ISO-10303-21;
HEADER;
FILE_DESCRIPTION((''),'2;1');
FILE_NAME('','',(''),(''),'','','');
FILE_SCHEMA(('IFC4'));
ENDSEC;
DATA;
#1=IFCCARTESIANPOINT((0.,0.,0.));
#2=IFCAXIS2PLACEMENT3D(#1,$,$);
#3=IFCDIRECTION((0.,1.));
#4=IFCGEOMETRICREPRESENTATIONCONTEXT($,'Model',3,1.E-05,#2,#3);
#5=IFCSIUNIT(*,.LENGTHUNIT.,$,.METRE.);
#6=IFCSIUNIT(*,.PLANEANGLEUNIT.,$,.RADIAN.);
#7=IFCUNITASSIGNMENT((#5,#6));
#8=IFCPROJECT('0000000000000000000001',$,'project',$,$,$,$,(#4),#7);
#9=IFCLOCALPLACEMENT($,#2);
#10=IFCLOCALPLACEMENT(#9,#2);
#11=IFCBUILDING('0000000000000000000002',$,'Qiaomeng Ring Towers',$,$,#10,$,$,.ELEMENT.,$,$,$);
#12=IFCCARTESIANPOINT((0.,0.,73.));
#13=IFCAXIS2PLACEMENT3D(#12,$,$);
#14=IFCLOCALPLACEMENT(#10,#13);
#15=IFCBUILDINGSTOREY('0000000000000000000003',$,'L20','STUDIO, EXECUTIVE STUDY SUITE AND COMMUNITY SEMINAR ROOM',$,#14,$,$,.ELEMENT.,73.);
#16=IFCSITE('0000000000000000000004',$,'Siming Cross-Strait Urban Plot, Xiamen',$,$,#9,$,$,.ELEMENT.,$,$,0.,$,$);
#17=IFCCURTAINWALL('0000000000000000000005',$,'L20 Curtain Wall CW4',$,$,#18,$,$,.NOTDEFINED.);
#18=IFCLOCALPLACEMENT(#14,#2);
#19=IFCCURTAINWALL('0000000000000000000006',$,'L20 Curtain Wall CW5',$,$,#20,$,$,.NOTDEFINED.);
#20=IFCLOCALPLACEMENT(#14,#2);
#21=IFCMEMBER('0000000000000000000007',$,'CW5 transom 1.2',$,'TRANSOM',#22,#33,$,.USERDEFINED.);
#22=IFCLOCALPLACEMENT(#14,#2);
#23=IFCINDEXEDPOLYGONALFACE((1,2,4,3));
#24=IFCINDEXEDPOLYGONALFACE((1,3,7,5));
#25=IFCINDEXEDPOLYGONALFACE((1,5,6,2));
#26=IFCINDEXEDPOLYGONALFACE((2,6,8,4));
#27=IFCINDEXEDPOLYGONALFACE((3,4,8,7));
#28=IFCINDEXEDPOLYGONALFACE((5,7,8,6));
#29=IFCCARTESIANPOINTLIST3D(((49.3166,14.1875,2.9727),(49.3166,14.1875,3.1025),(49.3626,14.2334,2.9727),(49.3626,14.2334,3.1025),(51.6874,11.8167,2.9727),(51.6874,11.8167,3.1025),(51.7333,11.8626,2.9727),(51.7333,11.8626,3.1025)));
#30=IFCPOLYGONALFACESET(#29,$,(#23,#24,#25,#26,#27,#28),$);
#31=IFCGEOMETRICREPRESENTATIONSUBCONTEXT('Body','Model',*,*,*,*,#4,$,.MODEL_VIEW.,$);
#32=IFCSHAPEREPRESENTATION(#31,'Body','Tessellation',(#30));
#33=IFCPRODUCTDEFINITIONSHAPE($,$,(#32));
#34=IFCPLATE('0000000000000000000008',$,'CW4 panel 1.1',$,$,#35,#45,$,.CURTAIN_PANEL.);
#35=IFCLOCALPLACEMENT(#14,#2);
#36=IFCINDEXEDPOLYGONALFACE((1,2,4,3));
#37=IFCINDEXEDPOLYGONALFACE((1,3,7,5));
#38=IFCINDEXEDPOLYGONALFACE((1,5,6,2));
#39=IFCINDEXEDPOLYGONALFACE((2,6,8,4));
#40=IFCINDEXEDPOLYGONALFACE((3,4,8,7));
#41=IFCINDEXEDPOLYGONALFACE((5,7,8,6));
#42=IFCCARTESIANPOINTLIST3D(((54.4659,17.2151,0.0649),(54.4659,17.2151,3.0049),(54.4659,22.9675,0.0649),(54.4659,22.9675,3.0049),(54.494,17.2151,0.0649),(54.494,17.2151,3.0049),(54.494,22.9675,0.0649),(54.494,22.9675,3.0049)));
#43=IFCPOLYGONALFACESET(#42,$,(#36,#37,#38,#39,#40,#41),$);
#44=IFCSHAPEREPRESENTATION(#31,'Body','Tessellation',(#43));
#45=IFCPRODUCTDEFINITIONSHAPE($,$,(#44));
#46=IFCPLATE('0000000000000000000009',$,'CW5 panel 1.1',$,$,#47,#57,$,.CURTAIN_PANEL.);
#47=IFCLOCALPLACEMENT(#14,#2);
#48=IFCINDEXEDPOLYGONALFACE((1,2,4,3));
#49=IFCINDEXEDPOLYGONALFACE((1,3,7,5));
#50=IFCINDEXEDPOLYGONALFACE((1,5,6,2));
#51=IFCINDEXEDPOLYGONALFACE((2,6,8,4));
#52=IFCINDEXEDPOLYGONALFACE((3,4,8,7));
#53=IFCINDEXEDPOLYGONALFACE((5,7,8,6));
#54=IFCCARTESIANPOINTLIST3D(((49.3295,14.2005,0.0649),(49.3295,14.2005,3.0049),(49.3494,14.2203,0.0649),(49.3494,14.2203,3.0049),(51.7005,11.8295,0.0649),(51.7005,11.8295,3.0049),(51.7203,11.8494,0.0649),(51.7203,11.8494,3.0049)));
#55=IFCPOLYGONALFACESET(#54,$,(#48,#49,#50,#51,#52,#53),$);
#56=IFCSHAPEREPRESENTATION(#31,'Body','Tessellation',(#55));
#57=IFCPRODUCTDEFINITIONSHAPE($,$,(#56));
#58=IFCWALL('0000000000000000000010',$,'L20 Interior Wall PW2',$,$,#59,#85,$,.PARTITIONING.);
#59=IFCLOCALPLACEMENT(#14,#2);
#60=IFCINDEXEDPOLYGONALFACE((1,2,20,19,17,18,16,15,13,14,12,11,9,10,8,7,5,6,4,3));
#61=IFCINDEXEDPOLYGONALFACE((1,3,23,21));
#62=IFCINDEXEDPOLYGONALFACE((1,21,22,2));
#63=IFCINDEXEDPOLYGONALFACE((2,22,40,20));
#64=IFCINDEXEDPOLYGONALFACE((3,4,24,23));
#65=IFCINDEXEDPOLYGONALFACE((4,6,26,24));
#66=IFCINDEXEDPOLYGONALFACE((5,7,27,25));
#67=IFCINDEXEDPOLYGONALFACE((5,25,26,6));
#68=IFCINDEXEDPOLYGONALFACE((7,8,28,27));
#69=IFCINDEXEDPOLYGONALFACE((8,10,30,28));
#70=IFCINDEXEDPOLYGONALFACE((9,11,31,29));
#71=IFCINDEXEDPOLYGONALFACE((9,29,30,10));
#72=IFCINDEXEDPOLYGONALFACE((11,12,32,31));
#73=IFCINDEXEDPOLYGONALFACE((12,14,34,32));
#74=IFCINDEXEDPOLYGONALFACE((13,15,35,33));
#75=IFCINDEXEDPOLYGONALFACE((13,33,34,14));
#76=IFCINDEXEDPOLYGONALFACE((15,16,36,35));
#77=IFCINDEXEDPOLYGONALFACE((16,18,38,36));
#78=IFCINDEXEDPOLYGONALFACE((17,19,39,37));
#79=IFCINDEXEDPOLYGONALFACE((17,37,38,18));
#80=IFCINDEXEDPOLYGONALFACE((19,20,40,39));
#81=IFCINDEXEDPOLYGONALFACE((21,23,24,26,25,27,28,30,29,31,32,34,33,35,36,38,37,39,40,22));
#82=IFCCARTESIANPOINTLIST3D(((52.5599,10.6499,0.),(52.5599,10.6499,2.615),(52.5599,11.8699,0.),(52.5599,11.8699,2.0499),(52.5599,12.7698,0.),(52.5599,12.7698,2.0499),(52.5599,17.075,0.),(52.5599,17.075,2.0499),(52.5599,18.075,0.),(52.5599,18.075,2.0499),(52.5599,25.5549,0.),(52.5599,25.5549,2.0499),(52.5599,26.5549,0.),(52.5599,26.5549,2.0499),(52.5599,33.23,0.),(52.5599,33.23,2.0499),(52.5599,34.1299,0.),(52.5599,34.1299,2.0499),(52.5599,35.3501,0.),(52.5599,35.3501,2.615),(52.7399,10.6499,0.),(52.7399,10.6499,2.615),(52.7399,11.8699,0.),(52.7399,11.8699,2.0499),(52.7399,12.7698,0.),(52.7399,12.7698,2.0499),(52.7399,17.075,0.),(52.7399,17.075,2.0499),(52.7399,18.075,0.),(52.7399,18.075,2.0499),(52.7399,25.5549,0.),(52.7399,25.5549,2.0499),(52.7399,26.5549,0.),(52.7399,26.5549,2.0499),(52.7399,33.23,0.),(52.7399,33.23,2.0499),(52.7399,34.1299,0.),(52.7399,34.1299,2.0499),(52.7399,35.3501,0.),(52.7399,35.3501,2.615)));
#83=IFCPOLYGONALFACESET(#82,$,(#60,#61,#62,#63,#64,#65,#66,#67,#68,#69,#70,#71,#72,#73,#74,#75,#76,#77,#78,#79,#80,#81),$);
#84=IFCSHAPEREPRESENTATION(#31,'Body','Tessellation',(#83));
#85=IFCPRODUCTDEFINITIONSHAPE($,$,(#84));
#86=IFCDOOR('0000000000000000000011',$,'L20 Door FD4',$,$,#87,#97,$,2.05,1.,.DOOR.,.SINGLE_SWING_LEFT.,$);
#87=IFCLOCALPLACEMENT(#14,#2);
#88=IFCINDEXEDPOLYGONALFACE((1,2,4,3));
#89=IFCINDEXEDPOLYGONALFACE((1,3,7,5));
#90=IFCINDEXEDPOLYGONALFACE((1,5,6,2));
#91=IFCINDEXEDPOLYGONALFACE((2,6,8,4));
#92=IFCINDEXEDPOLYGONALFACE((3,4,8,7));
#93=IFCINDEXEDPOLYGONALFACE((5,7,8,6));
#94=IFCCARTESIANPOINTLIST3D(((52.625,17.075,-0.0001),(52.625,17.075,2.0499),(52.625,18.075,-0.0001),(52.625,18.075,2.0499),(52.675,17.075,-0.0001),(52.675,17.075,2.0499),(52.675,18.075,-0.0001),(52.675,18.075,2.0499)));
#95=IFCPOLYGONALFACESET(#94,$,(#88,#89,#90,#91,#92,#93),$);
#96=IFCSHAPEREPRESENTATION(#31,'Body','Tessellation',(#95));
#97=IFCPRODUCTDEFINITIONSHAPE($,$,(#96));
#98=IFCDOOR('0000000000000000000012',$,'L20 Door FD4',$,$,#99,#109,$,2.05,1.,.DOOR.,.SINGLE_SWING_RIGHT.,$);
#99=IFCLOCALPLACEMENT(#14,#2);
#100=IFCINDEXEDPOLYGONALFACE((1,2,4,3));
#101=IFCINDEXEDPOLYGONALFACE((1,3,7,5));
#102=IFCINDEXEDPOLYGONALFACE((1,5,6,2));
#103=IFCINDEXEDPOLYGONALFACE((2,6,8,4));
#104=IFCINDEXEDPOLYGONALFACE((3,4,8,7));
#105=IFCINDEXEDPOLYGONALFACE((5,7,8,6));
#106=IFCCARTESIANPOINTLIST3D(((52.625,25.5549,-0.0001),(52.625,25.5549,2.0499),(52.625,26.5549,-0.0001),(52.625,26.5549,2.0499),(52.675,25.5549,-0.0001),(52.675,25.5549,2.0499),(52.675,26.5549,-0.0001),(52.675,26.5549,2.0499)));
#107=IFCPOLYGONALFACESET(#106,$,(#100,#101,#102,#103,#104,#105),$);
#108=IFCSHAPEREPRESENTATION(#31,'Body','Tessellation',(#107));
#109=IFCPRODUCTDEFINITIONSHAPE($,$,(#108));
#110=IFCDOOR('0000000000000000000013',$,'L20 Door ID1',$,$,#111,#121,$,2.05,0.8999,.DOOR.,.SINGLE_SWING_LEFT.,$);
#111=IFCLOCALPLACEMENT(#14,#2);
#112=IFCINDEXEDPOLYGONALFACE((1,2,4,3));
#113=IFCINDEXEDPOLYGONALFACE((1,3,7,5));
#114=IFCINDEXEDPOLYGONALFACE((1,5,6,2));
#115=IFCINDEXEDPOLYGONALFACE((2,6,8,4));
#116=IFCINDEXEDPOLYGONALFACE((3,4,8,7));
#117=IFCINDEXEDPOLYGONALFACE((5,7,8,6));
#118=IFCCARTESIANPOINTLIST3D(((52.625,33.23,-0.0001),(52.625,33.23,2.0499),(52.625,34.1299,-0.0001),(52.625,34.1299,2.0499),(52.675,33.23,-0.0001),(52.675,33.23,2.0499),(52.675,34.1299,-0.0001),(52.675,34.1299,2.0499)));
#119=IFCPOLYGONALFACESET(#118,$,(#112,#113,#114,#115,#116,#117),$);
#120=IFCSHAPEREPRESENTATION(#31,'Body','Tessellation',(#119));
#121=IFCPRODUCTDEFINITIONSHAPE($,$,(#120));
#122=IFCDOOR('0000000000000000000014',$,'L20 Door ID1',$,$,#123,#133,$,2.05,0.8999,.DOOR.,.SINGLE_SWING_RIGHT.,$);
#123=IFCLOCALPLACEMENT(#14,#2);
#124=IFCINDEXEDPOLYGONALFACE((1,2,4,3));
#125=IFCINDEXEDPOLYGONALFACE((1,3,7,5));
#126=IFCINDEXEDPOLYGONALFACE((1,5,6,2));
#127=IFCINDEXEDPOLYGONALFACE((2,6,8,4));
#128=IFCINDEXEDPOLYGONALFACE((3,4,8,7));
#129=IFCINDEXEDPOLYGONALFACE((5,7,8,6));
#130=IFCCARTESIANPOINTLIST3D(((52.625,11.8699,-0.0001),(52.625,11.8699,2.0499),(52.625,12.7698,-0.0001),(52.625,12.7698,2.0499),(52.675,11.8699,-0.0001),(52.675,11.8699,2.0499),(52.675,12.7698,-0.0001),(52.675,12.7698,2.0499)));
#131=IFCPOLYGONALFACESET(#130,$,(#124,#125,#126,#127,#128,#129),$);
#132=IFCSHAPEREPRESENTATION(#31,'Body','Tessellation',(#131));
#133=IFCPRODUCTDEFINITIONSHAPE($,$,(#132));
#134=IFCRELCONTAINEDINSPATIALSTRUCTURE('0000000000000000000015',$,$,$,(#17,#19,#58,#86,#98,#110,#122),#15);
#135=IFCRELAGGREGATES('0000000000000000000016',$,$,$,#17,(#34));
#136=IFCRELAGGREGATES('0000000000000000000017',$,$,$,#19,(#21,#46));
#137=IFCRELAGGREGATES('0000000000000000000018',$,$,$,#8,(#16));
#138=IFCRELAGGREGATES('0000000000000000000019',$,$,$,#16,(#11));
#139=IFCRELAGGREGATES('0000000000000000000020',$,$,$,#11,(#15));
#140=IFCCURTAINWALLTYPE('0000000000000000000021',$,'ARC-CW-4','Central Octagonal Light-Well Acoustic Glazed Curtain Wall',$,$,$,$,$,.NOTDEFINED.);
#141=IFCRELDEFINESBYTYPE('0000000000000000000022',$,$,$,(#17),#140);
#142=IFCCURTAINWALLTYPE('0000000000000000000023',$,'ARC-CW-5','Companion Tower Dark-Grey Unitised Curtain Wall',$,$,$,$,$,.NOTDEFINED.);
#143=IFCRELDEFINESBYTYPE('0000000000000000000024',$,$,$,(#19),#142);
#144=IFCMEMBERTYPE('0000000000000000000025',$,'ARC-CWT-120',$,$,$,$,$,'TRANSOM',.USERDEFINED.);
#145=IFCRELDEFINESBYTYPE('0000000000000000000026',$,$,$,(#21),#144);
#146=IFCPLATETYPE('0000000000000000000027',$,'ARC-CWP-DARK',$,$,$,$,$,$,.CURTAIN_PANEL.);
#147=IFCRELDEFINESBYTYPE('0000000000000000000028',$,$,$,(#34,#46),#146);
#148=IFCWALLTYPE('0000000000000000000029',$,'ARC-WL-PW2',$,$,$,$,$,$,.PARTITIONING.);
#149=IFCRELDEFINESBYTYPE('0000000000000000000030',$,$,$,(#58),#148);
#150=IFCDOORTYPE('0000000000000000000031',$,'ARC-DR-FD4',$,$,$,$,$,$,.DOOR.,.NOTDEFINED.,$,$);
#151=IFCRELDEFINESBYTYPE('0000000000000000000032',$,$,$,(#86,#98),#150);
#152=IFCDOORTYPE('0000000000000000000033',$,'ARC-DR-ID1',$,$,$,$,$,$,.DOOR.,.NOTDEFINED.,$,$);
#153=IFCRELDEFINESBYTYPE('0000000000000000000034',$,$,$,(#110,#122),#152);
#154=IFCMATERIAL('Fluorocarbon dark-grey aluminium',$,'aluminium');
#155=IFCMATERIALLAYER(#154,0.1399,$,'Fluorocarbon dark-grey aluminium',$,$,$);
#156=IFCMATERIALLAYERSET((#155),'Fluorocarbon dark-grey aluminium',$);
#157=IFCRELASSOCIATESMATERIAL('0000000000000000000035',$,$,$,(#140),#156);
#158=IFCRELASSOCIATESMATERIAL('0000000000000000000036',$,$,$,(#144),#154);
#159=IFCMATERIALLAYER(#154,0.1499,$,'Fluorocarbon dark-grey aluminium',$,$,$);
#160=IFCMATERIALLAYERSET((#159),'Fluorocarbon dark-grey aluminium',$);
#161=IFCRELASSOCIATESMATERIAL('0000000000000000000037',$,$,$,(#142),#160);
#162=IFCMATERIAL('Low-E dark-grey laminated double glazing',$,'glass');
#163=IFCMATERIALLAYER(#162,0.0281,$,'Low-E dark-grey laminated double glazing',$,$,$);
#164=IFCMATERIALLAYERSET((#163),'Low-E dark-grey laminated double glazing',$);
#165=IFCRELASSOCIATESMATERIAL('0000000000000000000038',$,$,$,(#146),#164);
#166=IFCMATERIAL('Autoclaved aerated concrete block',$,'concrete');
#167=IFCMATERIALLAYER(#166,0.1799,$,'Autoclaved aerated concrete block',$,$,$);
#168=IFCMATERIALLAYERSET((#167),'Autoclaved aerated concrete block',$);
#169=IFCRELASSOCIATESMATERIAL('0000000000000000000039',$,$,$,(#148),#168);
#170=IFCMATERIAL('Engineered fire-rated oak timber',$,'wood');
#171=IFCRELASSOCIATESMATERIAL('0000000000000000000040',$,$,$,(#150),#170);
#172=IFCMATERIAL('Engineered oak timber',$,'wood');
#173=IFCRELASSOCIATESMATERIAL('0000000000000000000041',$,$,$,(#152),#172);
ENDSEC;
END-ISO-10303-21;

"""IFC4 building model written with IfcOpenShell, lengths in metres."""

from ifc_helpers import new_model, si_unit, direction, frame, frame_2d, origin, origin_2d, place, context, subcontext, project, spatial, rectangle, extrude, source, transform, mapped, material, layer, layer_set, material_profile, profile_set, type_object, element, fill, aggregate, save


model = new_model("IFC4")

# Units and contexts
model_context = context("Model", 3, precision=1e-05, world=origin(), true_north=direction((0.0, 1.0)))
body_context = subcontext(model_context, "Body", "Model", "MODEL_VIEW")
ifc_project = project(units=[si_unit("LENGTHUNIT", "METRE"), si_unit("PLANEANGLEUNIT", "RADIAN")], contexts=[model_context])

# Site, building, storey
site_placement = place(None, origin())
site = spatial("IfcSite", under=ifc_project, at=site_placement, Name="Siming Cross-Strait Urban Plot, Xiamen", CompositionType="ELEMENT", RefElevation=0.0)
building_placement = place(site_placement, origin())
building = spatial("IfcBuilding", under=site, at=building_placement, Name="Qiaomeng Ring Towers", CompositionType="ELEMENT")
storey_placement = place(building_placement, frame((0.0, 0.0, 73.0)))
storey = spatial("IfcBuildingStorey", under=building, at=storey_placement, Name="L20", Description="STUDIO, EXECUTIVE STUDY SUITE AND COMMUNITY SEMINAR ROOM", CompositionType="ELEMENT", Elevation=73.0)

# Curtain walls
ifc_material_1 = material(Name="Fluorocarbon dark-grey aluminium", Category="aluminium")
ifc_layer_1 = layer(ifc_material_1, 0.1399, Name="Fluorocarbon dark-grey aluminium")
ifc_layer_set_1 = layer_set([ifc_layer_1], Name="Fluorocarbon dark-grey aluminium")
curtain_wall_type_1 = type_object("IfcCurtainWallType", Name="ARC-CW-4", Description="Central Octagonal Light-Well Acoustic Glazed Curtain Wall", PredefinedType="NOTDEFINED", material=ifc_layer_set_1)
curtain_wall_1_placement = place(storey_placement, origin())
curtain_wall_1 = element("IfcCurtainWall", 1, at=curtain_wall_1_placement, inside=storey, type_object=curtain_wall_type_1, Name="L20 Curtain Wall CW4", PredefinedType="NOTDEFINED")
ifc_material_profile_1 = material_profile(ifc_material_1, rectangle(XDim=0.0649, YDim=0.1299, at=origin_2d()), Name="ALU TRAN 65x130")
ifc_profile_set_1 = profile_set([ifc_material_profile_1], Name="Fluorocarbon dark-grey aluminium")
member_type_1 = type_object("IfcMemberType", Name="ARC-CWT-120", ElementType="TRANSOM", PredefinedType="USERDEFINED", material=ifc_profile_set_1)
ifc_layer_2 = layer(ifc_material_1, 0.1499, Name="Fluorocarbon dark-grey aluminium")
ifc_layer_set_2 = layer_set([ifc_layer_2], Name="Fluorocarbon dark-grey aluminium")
curtain_wall_type_2 = type_object("IfcCurtainWallType", Name="ARC-CW-5", Description="Companion Tower Dark-Grey Unitised Curtain Wall", PredefinedType="NOTDEFINED", material=ifc_layer_set_2)
curtain_wall_2_placement = place(storey_placement, origin())
curtain_wall_2 = element("IfcCurtainWall", 2, at=curtain_wall_2_placement, inside=storey, type_object=curtain_wall_type_2, Name="L20 Curtain Wall CW5", PredefinedType="NOTDEFINED")

# Member
shared_shape_1 = source(origin(), body_context, "Body", "SweptSolid", [
    extrude(rectangle(XDim=0.0649, YDim=0.1299, at=origin_2d()), origin(), (0.0, 0.0, 1.0), 3.3528),
])
member_1_placement = place(storey_placement, frame((49.3396, 14.2104, 3.0376), z_axis=(0.707107, -0.707107, 0.0), x_axis=(0.707107, 0.707107, 0.0)))
member_1 = element("IfcMember", 3, at=member_1_placement, type_object=member_type_1, Name="CW5 transom 1.2", ObjectType="TRANSOM", PredefinedType="USERDEFINED", context=body_context, shape_type="MappedRepresentation", body=[
    mapped(shared_shape_1, transform((0.0, 0.0, 0.0), x_axis=(1.0, 0.0, 0.0), y_axis=(0.0, 1.0, 0.0), z_axis=(0.0, 0.0, 1.0), scale=1.0)),
])

# Plates
ifc_material_2 = material(Name="Low-E dark-grey laminated double glazing", Category="glass")
ifc_layer_3 = layer(ifc_material_2, 0.0281, Name="Low-E dark-grey laminated double glazing")
ifc_layer_set_3 = layer_set([ifc_layer_3], Name="Low-E dark-grey laminated double glazing")
plate_type = type_object("IfcPlateType", Name="ARC-CWP-DARK", PredefinedType="CURTAIN_PANEL", material=ifc_layer_set_3)
shared_shape_2 = source(origin(), body_context, "Body", "SweptSolid", [
    extrude(rectangle(XDim=5.7524, YDim=0.0281, at=origin_2d()), origin(), (0.0, 0.0, 1.0), 2.9399),
])
plate_1_placement = place(storey_placement, frame((54.48, 20.0913, 0.0649), z_axis=(0.0, 0.0, 1.0), x_axis=(0.0, 1.0, 0.0)))
plate_1 = element("IfcPlate", 4, at=plate_1_placement, type_object=plate_type, Name="CW4 panel 1.1", PredefinedType="CURTAIN_PANEL", context=body_context, shape_type="MappedRepresentation", body=[
    mapped(shared_shape_2, transform((0.0, 0.0, 0.0), x_axis=(1.0, 0.0, 0.0), y_axis=(0.0, 1.0, 0.0), z_axis=(0.0, 0.0, 1.0), scale=1.0)),
])
aggregate(curtain_wall_1, [plate_1])
shared_shape_3 = source(origin(), body_context, "Body", "SweptSolid", [
    extrude(rectangle(XDim=3.353, YDim=0.0281, at=origin_2d()), origin(), (0.0, 0.0, 1.0), 2.9399),
])
plate_2_placement = place(storey_placement, frame((50.5249, 13.0249, 0.0649), z_axis=(0.0, 0.0, 1.0), x_axis=(0.707107, -0.707107, 0.0)))
plate_2 = element("IfcPlate", 5, at=plate_2_placement, type_object=plate_type, Name="CW5 panel 1.1", PredefinedType="CURTAIN_PANEL", context=body_context, shape_type="MappedRepresentation", body=[
    mapped(shared_shape_3, transform((0.0, 0.0, 0.0), x_axis=(1.0, 0.0, 0.0), y_axis=(0.0, 1.0, 0.0), z_axis=(0.0, 0.0, 1.0), scale=1.0)),
])
aggregate(curtain_wall_2, [member_1, plate_2])

# Wall, openings, doors
ifc_material_3 = material(Name="Autoclaved aerated concrete block", Category="concrete")
ifc_layer_4 = layer(ifc_material_3, 0.1799, Name="Autoclaved aerated concrete block")
ifc_layer_set_4 = layer_set([ifc_layer_4], Name="Autoclaved aerated concrete block")
wall_type_1 = type_object("IfcWallType", Name="ARC-WL-PW2", PredefinedType="PARTITIONING", material=ifc_layer_set_4)
wall_1_placement = place(storey_placement, frame((52.6499, 10.6499, 0.0), z_axis=(0.0, 0.0, 1.0), x_axis=(0.0, 1.0, 0.0)))
wall_1 = element("IfcWall", 6, at=wall_1_placement, inside=storey, type_object=wall_type_1, Name="L20 Interior Wall PW2", PredefinedType="PARTITIONING", context=body_context, shape_type="SweptSolid", body=[
    extrude(rectangle(XDim=24.7002, YDim=0.1799, at=frame_2d((12.3501, 0.0))), origin(), (0.0, 0.0, 1.0), 2.615),
])
opening_1_placement = place(wall_1_placement, frame((22.5801, 0.0, 0.0)))
opening_1 = element("IfcOpeningElement", 7, at=opening_1_placement, cuts=wall_1, PredefinedType="OPENING", context=body_context, shape_type="SweptSolid", body=[
    extrude(rectangle(XDim=0.8999, YDim=2.05, at=frame_2d((0.45, 1.0249))), frame((0.0, 0.0999, 0.0), z_axis=(0.0, -1.0, 0.0), x_axis=(1.0, 0.0, 0.0)), (0.0, 0.0, 1.0), 0.2),
])
opening_2_placement = place(wall_1_placement, frame((1.22, 0.0, 0.0)))
opening_2 = element("IfcOpeningElement", 8, at=opening_2_placement, cuts=wall_1, PredefinedType="OPENING", context=body_context, shape_type="SweptSolid", body=[
    extrude(rectangle(XDim=0.8999, YDim=2.05, at=frame_2d((0.45, 1.0249))), frame((0.0, 0.0999, 0.0), z_axis=(0.0, -1.0, 0.0), x_axis=(1.0, 0.0, 0.0)), (0.0, 0.0, 1.0), 0.2),
])
opening_3_placement = place(wall_1_placement, frame((6.425, 0.0, 0.0)))
opening_3 = element("IfcOpeningElement", 9, at=opening_3_placement, cuts=wall_1, PredefinedType="OPENING", context=body_context, shape_type="SweptSolid", body=[
    extrude(rectangle(XDim=1.0, YDim=2.05, at=frame_2d((0.5, 1.0249))), frame((0.0, 0.0999, 0.0), z_axis=(0.0, -1.0, 0.0), x_axis=(1.0, 0.0, 0.0)), (0.0, 0.0, 1.0), 0.2),
])
opening_4_placement = place(wall_1_placement, frame((14.905, 0.0, 0.0)))
opening_4 = element("IfcOpeningElement", 10, at=opening_4_placement, cuts=wall_1, PredefinedType="OPENING", context=body_context, shape_type="SweptSolid", body=[
    extrude(rectangle(XDim=1.0, YDim=2.05, at=frame_2d((0.5, 1.0249))), frame((0.0, 0.0999, 0.0), z_axis=(0.0, -1.0, 0.0), x_axis=(1.0, 0.0, 0.0)), (0.0, 0.0, 1.0), 0.2),
])
ifc_material_4 = material(Name="Engineered fire-rated oak timber", Category="wood")
door_type_1 = type_object("IfcDoorType", Name="ARC-DR-FD4", OperationType="NOTDEFINED", PredefinedType="DOOR", material=ifc_material_4)
shared_shape_4 = source(origin(), body_context, "Body", "SweptSolid", [
    extrude(rectangle(XDim=1.0, YDim=2.05, at=frame_2d((0.5, 1.0249))), frame((0.0, 0.0249, 0.0), z_axis=(0.0, -1.0, 0.0), x_axis=(1.0, 0.0, 0.0)), (0.0, 0.0, 1.0), 0.05),
])
door_1_placement = place(opening_3_placement, origin())
door_1 = element("IfcDoor", 11, at=door_1_placement, inside=storey, type_object=door_type_1, Name="L20 Door FD4", OperationType="SINGLE_SWING_LEFT", OverallHeight=2.05, OverallWidth=1.0, PredefinedType="DOOR", context=body_context, shape_type="MappedRepresentation", body=[
    mapped(shared_shape_4, transform((0.0, 0.0, 0.0), x_axis=(1.0, 0.0, 0.0), y_axis=(0.0, 1.0, 0.0), z_axis=(0.0, 0.0, 1.0), scale=1.0)),
])
fill(opening_3, door_1)
door_2_placement = place(opening_4_placement, origin())
door_2 = element("IfcDoor", 12, at=door_2_placement, inside=storey, type_object=door_type_1, Name="L20 Door FD4", OperationType="SINGLE_SWING_RIGHT", OverallHeight=2.05, OverallWidth=1.0, PredefinedType="DOOR", context=body_context, shape_type="MappedRepresentation", body=[
    mapped(shared_shape_4, transform((0.0, 0.0, 0.0), x_axis=(1.0, 0.0, 0.0), y_axis=(0.0, 1.0, 0.0), z_axis=(0.0, 0.0, 1.0), scale=1.0)),
])
fill(opening_4, door_2)
ifc_material_5 = material(Name="Engineered oak timber", Category="wood")
door_type_2 = type_object("IfcDoorType", Name="ARC-DR-ID1", OperationType="NOTDEFINED", PredefinedType="DOOR", material=ifc_material_5)
shared_shape_5 = source(origin(), body_context, "Body", "SweptSolid", [
    extrude(rectangle(XDim=0.8999, YDim=2.05, at=frame_2d((0.45, 1.0249))), frame((0.0, 0.0249, 0.0), z_axis=(0.0, -1.0, 0.0), x_axis=(1.0, 0.0, 0.0)), (0.0, 0.0, 1.0), 0.05),
])
door_3_placement = place(opening_1_placement, origin())
door_3 = element("IfcDoor", 13, at=door_3_placement, inside=storey, type_object=door_type_2, Name="L20 Door ID1", OperationType="SINGLE_SWING_LEFT", OverallHeight=2.05, OverallWidth=0.8999, PredefinedType="DOOR", context=body_context, shape_type="MappedRepresentation", body=[
    mapped(shared_shape_5, transform((0.0, 0.0, 0.0), x_axis=(1.0, 0.0, 0.0), y_axis=(0.0, 1.0, 0.0), z_axis=(0.0, 0.0, 1.0), scale=1.0)),
])
fill(opening_1, door_3)
door_4_placement = place(opening_2_placement, origin())
door_4 = element("IfcDoor", 14, at=door_4_placement, inside=storey, type_object=door_type_2, Name="L20 Door ID1", OperationType="SINGLE_SWING_RIGHT", OverallHeight=2.05, OverallWidth=0.8999, PredefinedType="DOOR", context=body_context, shape_type="MappedRepresentation", body=[
    mapped(shared_shape_5, transform((0.0, 0.0, 0.0), x_axis=(1.0, 0.0, 0.0), y_axis=(0.0, 1.0, 0.0), z_axis=(0.0, 0.0, 1.0), scale=1.0)),
])
fill(opening_2, door_4)

save(model, "model.ifc")
